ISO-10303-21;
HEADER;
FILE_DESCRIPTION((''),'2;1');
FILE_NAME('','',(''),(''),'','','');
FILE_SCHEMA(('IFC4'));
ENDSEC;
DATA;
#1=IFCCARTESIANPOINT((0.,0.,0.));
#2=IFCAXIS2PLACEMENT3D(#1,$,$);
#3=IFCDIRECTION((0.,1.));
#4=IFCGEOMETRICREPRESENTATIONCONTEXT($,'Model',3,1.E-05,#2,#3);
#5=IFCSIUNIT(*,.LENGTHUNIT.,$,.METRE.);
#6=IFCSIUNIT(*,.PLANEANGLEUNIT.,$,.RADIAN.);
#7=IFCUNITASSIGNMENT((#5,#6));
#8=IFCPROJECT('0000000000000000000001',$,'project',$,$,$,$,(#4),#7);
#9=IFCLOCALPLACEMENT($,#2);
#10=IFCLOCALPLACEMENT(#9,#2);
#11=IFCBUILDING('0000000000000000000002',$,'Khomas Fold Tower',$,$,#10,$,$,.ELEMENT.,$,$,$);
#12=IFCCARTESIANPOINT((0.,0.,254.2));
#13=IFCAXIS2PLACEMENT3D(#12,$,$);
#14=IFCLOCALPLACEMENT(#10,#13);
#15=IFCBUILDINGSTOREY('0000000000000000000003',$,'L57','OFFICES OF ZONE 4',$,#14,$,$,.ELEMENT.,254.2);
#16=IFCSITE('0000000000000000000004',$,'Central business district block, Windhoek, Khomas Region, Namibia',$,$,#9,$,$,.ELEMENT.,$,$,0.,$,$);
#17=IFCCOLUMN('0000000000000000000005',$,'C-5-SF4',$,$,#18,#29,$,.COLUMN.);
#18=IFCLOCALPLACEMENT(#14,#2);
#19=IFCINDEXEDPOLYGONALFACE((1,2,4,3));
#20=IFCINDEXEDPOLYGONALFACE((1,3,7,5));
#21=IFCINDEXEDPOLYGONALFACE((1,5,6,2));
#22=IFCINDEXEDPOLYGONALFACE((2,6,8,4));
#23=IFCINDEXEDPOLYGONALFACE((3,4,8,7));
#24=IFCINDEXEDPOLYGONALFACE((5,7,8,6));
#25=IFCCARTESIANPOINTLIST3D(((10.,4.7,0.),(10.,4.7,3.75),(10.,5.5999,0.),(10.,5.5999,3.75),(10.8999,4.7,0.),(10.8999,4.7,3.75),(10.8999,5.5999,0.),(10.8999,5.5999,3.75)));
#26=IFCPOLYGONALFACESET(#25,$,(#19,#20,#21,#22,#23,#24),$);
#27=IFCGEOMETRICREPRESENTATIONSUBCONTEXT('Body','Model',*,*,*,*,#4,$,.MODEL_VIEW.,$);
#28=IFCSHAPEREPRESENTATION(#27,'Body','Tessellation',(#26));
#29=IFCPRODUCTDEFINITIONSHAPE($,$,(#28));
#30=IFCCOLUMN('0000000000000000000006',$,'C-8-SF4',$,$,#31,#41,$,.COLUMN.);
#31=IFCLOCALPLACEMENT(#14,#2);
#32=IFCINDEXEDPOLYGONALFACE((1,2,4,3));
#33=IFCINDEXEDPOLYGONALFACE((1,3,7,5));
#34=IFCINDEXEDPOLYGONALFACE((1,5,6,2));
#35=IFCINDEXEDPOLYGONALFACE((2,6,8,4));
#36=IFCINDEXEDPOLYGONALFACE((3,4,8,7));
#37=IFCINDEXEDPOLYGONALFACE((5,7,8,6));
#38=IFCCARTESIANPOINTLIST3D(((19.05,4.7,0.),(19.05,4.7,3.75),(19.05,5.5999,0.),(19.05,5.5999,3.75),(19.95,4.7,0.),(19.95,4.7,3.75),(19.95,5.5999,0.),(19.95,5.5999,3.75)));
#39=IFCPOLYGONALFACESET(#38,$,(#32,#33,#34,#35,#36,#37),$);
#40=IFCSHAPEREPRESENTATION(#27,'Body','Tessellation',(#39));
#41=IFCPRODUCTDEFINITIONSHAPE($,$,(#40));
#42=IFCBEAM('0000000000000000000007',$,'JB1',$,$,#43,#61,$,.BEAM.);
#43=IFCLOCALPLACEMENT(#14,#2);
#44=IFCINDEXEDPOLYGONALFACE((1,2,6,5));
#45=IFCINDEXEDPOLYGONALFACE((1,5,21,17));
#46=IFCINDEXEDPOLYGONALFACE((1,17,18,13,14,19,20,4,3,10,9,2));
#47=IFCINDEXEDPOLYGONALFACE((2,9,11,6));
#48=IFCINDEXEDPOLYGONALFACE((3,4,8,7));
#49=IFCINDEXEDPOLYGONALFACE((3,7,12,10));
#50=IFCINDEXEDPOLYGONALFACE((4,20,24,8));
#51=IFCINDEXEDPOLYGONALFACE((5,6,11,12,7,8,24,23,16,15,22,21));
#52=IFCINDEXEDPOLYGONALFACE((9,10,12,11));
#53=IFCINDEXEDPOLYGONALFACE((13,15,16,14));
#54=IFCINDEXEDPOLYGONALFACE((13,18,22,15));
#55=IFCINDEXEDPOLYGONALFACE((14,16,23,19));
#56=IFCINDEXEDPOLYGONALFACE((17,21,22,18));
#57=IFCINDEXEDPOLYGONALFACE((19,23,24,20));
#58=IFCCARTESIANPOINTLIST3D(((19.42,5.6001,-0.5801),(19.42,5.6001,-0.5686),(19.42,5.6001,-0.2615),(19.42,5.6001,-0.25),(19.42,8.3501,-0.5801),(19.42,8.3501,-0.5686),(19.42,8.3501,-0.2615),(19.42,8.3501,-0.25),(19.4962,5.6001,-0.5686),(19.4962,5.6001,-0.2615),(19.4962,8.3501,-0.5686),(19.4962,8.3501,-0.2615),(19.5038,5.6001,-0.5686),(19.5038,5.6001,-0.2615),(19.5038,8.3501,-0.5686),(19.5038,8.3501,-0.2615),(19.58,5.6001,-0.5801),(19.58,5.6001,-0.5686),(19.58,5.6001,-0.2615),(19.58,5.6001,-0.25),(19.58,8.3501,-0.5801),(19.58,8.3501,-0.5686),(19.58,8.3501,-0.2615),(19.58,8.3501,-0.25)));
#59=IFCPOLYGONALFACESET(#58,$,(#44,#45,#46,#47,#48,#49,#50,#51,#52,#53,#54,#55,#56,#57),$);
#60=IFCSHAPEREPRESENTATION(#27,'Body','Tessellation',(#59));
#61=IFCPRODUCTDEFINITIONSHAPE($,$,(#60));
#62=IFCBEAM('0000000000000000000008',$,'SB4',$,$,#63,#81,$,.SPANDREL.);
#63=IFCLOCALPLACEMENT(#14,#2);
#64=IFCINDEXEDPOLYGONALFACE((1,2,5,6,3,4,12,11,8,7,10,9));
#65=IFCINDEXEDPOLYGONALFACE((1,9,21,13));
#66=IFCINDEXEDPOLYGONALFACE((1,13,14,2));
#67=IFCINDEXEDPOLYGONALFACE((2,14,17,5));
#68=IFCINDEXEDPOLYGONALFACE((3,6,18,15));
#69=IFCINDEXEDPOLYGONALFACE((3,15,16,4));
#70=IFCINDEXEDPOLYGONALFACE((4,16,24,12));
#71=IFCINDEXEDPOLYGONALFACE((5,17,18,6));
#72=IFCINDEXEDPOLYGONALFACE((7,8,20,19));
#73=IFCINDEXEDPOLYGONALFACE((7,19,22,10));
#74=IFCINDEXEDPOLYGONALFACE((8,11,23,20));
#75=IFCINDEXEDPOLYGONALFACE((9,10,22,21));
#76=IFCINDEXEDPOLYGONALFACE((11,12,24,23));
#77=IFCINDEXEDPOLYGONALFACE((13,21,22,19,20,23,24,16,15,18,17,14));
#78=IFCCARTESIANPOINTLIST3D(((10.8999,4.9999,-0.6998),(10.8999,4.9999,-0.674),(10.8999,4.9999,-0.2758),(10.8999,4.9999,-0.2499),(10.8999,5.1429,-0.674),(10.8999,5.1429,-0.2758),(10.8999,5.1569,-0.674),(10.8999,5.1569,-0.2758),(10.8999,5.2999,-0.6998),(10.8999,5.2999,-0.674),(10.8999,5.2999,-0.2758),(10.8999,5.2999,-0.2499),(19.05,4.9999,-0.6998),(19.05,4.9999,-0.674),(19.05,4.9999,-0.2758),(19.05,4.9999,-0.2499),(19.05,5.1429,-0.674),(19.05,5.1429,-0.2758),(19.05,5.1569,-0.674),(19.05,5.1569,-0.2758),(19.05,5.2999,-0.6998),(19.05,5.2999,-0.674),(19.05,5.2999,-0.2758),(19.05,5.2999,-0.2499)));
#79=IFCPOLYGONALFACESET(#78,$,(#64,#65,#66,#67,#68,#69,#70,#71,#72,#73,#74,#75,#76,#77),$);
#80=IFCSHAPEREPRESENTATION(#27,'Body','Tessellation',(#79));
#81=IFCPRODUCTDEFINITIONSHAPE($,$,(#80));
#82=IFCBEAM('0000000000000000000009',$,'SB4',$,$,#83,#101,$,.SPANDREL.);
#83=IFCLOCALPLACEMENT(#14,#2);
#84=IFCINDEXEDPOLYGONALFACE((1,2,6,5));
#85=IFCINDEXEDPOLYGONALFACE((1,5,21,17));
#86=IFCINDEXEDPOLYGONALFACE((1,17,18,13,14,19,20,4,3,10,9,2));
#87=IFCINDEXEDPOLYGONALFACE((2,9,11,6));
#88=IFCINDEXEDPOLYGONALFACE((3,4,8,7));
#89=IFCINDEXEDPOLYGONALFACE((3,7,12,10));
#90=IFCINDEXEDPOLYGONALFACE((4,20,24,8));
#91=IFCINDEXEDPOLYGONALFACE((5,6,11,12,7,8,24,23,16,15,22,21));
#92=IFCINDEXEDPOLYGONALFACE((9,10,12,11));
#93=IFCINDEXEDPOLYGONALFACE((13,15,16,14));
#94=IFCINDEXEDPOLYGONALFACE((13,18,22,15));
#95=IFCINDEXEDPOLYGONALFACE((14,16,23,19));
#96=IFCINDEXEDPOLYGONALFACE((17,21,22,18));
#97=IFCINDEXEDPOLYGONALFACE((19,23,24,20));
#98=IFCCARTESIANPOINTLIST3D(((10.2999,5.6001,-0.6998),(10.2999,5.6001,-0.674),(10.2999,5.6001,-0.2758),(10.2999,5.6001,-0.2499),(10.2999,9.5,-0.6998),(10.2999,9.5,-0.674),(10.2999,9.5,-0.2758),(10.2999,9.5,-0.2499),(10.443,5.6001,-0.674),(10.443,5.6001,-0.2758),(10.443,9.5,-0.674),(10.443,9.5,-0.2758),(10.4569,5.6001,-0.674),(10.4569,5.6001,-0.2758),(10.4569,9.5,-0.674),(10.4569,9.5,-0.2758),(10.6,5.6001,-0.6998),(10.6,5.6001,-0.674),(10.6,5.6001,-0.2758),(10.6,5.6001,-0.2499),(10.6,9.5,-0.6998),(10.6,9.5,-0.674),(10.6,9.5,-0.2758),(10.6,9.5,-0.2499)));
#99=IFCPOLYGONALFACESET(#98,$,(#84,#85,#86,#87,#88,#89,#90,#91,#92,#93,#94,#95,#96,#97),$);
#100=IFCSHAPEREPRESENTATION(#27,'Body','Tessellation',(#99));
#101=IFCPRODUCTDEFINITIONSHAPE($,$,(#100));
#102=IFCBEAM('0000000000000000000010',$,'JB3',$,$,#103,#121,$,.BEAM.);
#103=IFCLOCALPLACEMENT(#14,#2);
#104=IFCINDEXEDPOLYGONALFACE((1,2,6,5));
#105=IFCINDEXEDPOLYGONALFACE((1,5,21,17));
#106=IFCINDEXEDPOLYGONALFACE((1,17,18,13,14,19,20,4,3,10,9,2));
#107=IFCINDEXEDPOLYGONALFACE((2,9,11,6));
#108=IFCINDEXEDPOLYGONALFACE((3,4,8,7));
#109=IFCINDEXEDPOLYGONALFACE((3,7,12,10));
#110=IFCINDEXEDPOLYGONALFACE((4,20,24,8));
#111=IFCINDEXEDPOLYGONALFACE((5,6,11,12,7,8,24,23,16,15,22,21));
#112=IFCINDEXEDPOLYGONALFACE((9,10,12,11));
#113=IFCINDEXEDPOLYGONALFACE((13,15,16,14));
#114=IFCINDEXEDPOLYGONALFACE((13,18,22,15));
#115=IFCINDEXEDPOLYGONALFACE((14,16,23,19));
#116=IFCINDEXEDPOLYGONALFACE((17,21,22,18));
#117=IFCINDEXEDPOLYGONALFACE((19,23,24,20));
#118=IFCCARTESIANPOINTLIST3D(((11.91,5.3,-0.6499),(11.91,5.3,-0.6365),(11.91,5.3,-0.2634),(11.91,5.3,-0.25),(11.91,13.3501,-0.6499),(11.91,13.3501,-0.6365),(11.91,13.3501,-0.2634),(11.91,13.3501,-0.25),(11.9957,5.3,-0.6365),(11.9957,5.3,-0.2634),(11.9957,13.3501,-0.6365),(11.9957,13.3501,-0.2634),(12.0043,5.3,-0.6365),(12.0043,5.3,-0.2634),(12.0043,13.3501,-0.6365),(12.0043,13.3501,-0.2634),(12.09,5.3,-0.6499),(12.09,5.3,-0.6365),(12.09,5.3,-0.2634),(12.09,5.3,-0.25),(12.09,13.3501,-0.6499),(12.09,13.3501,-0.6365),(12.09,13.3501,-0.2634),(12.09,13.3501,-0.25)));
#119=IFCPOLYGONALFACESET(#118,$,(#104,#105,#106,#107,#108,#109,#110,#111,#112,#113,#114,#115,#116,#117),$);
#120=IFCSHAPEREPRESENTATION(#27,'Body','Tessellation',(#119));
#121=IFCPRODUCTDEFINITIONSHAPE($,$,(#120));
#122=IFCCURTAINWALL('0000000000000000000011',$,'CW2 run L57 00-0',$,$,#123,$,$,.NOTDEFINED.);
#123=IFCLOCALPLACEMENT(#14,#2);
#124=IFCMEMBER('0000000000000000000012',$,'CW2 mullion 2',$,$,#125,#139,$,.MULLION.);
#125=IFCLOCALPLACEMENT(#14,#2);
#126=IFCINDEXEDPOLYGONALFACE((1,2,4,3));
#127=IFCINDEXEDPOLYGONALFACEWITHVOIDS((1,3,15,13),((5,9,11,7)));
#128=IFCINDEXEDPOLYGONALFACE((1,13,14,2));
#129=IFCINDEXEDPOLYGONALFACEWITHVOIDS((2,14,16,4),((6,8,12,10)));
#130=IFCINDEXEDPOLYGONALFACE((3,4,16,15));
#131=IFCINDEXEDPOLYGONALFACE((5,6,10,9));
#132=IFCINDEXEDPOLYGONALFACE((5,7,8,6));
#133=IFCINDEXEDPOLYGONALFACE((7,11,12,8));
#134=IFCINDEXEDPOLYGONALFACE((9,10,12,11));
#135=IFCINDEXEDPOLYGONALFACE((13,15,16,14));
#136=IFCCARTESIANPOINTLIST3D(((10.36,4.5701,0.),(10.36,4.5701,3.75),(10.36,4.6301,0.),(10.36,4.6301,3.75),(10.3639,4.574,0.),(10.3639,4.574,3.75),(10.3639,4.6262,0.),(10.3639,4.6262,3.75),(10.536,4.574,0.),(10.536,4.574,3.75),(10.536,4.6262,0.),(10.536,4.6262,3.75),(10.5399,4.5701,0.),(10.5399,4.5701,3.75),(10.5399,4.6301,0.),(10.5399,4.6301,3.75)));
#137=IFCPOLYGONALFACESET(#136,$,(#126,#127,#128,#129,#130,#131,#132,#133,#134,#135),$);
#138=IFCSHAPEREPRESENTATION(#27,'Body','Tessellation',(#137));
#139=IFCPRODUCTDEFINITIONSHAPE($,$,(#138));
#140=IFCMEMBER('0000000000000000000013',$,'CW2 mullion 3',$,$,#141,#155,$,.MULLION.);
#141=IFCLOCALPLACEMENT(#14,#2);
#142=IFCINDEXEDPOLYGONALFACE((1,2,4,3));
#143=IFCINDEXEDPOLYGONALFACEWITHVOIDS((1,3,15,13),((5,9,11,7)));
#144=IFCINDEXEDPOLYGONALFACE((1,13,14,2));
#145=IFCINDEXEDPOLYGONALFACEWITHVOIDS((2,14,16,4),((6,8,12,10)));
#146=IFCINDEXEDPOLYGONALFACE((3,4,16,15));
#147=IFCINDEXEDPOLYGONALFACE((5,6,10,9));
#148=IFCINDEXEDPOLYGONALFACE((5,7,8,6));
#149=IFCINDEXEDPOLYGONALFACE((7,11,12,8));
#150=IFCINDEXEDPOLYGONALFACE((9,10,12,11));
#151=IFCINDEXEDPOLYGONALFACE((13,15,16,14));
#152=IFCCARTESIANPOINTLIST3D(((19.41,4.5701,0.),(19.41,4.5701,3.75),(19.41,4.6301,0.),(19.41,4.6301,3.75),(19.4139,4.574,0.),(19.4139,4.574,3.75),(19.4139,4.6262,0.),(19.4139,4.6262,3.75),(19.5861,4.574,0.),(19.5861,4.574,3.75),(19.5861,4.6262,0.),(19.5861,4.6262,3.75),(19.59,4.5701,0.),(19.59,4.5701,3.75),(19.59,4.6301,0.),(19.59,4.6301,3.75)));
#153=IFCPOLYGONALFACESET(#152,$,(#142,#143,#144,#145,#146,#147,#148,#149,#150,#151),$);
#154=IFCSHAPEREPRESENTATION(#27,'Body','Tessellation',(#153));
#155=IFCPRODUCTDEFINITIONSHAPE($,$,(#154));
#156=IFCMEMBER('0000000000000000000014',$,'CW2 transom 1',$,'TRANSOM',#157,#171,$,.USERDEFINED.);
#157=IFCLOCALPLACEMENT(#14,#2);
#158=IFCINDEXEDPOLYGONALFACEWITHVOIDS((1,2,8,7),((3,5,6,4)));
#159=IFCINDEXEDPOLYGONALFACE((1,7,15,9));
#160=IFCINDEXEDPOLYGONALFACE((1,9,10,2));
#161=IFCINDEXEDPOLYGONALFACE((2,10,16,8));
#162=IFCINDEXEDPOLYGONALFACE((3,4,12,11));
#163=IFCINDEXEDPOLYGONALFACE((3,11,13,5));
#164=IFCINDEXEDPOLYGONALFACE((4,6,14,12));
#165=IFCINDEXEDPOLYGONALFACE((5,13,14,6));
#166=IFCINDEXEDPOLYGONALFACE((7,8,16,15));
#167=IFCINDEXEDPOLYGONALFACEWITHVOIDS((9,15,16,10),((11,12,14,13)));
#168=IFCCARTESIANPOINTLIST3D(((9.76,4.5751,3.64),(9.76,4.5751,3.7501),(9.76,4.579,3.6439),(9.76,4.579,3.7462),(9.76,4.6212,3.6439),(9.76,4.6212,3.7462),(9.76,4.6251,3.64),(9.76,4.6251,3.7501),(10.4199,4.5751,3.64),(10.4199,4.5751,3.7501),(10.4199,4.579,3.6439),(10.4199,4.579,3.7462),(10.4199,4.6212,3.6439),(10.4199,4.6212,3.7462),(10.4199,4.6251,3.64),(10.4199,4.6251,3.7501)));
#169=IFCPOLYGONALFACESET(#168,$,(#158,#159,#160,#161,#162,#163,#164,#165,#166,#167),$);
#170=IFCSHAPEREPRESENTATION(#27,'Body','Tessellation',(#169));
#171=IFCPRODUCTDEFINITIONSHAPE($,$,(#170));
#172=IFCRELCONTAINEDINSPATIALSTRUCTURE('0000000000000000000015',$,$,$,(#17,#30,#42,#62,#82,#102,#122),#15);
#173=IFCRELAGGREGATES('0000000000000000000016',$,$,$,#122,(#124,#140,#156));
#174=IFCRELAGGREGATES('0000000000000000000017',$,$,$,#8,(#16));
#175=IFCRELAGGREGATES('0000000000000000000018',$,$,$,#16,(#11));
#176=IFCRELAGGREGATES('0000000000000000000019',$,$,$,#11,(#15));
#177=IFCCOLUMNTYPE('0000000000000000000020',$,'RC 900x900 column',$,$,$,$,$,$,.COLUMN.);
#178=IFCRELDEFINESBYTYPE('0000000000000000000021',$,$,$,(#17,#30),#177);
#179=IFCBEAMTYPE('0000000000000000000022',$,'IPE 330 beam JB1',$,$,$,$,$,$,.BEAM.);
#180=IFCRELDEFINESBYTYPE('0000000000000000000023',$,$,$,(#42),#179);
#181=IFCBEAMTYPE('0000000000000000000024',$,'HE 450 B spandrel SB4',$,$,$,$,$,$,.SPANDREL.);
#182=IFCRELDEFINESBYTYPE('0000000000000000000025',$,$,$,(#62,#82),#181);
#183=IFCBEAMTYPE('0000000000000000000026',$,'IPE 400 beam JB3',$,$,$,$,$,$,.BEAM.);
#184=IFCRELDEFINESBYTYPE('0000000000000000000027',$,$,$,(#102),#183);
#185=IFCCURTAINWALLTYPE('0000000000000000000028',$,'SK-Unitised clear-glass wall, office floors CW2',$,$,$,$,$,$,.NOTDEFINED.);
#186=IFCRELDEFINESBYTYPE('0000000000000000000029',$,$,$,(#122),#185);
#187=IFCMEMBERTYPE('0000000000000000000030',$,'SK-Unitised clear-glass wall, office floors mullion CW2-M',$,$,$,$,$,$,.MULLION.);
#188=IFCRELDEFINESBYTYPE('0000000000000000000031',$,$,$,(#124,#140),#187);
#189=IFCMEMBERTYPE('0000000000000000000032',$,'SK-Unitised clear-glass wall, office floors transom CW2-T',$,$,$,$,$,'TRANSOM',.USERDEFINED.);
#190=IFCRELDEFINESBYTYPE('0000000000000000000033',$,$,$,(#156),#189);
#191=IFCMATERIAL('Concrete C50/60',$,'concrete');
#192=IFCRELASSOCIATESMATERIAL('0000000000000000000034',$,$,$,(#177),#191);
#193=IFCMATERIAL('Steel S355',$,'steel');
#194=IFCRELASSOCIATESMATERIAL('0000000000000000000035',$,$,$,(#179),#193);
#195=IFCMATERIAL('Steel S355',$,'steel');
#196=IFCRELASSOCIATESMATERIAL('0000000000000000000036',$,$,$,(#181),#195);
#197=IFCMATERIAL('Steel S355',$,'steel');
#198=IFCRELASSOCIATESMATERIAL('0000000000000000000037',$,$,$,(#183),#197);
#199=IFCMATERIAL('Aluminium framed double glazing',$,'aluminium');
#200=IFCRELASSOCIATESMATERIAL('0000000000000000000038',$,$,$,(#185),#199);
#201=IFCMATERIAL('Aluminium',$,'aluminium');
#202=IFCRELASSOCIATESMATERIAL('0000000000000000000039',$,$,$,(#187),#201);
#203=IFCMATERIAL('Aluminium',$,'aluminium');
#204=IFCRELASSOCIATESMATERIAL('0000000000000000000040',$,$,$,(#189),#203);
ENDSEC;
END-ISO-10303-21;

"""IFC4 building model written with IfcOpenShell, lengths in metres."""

from ifc_helpers import new_model, si_unit, direction, frame, origin, origin_2d, place, context, subcontext, project, spatial, rectangle, hollow_rectangle, i_section, extrude, source, transform, mapped, material, material_profile, profile_set, type_object, element, aggregate, save


model = new_model("IFC4")

# Units and contexts
model_context = context("Model", 3, precision=1e-05, world=origin(), true_north=direction((0.0, 1.0)))
body_context = subcontext(model_context, "Body", "Model", "MODEL_VIEW")
ifc_project = project(units=[si_unit("LENGTHUNIT", "METRE"), si_unit("PLANEANGLEUNIT", "RADIAN")], contexts=[model_context])

# Site, building, storey
site_placement = place(None, origin())
site = spatial("IfcSite", under=ifc_project, at=site_placement, Name="Central business district block, Windhoek, Khomas Region, Namibia", CompositionType="ELEMENT", RefElevation=0.0)
building_placement = place(site_placement, origin())
building = spatial("IfcBuilding", under=site, at=building_placement, Name="Khomas Fold Tower", CompositionType="ELEMENT")
storey_placement = place(building_placement, frame((0.0, 0.0, 254.2)))
storey = spatial("IfcBuildingStorey", under=building, at=storey_placement, Name="L57", Description="OFFICES OF ZONE 4", CompositionType="ELEMENT", Elevation=254.2)

# Columns
ifc_material_1 = material(Name="Concrete C50/60", Category="concrete")
ifc_material_profile_1 = material_profile(ifc_material_1, rectangle(XDim=0.8999, YDim=0.8999, at=origin_2d()), Name="RC 900x900")
ifc_profile_set_1 = profile_set([ifc_material_profile_1], Name="Concrete C50/60")
column_type = type_object("IfcColumnType", Name="RC 900x900 column", PredefinedType="COLUMN", material=ifc_profile_set_1)
shared_shape_1 = source(origin(), body_context, "Body", "SweptSolid", [
    extrude(rectangle(XDim=0.8999, YDim=0.8999, at=origin_2d()), origin(), (0.0, 0.0, 1.0), 3.75),
])
for number, where, z_axis, x_axis, name in (
    (1, (10.45, 5.1499, 0.0), (0.0, 0.0, 1.0), (1.0, 0.0, 0.0), "C-5-SF4"),
    (2, (19.5, 5.1499, 0.0), (0.0, 0.0, 1.0), (1.0, 0.0, 0.0), "C-8-SF4"),
):
    element("IfcColumn", number, at=place(storey_placement, frame(where, z_axis=z_axis, x_axis=x_axis)), inside=storey, type_object=column_type, Name=name, PredefinedType="COLUMN", context=body_context, shape_type="MappedRepresentation", body=[
        mapped(shared_shape_1, transform((0.0, 0.0, 0.0))),
    ])

# Beams
ifc_material_2 = material(Name="Steel S355", Category="steel")
ifc_material_profile_2 = material_profile(ifc_material_2, i_section(OverallWidth=0.1599, OverallDepth=0.3301, WebThickness=0.0076, FlangeThickness=0.0115, at=origin_2d()), Name="IPE 330")
ifc_profile_set_2 = profile_set([ifc_material_profile_2], Name="Steel S355")
beam_type_1 = type_object("IfcBeamType", Name="IPE 330 beam JB1", PredefinedType="BEAM", material=ifc_profile_set_2)
shared_shape_2 = source(origin(), body_context, "Body", "SweptSolid", [
    extrude(i_section(OverallWidth=0.1599, OverallDepth=0.3301, WebThickness=0.0076, FlangeThickness=0.0115, at=origin_2d()), origin(), (0.0, 0.0, 1.0), 2.75),
])
beam_1_placement = place(storey_placement, frame((19.5, 5.6001, -0.415), z_axis=(0.0, 1.0, 0.0), x_axis=(-1.0, 0.0, 0.0)))
element("IfcBeam", 3, at=beam_1_placement, inside=storey, type_object=beam_type_1, Name="JB1", PredefinedType="BEAM", context=body_context, shape_type="MappedRepresentation", body=[
    mapped(shared_shape_2, transform((0.0, 0.0, 0.0))),
])
ifc_material_3 = material(Name="Steel S355", Category="steel")
ifc_material_profile_3 = material_profile(ifc_material_3, i_section(OverallWidth=0.3, OverallDepth=0.45, WebThickness=0.0139, FlangeThickness=0.0259, at=origin_2d()), Name="HE 450 B")
ifc_profile_set_3 = profile_set([ifc_material_profile_3], Name="Steel S355")
beam_type_2 = type_object("IfcBeamType", Name="HE 450 B spandrel SB4", PredefinedType="SPANDREL", material=ifc_profile_set_3)
shared_shape_3 = source(origin(), body_context, "Body", "SweptSolid", [
    extrude(i_section(OverallWidth=0.3, OverallDepth=0.45, WebThickness=0.0139, FlangeThickness=0.0259, at=origin_2d()), origin(), (0.0, 0.0, 1.0), 8.1501),
])
beam_2_placement = place(storey_placement, frame((10.8999, 5.1499, -0.4749), z_axis=(1.0, 0.0, 0.0), x_axis=(0.0, 1.0, 0.0)))
element("IfcBeam", 4, at=beam_2_placement, inside=storey, type_object=beam_type_2, Name="SB4", PredefinedType="SPANDREL", context=body_context, shape_type="MappedRepresentation", body=[
    mapped(shared_shape_3, transform((0.0, 0.0, 0.0))),
])
shared_shape_4 = source(origin(), body_context, "Body", "SweptSolid", [
    extrude(i_section(OverallWidth=0.3, OverallDepth=0.45, WebThickness=0.0139, FlangeThickness=0.0259, at=origin_2d()), origin(), (0.0, 0.0, 1.0), 3.8999),
])
beam_3_placement = place(storey_placement, frame((10.45, 5.6001, -0.4749), z_axis=(0.0, 1.0, 0.0), x_axis=(-1.0, 0.0, 0.0)))
element("IfcBeam", 5, at=beam_3_placement, inside=storey, type_object=beam_type_2, Name="SB4", PredefinedType="SPANDREL", context=body_context, shape_type="MappedRepresentation", body=[
    mapped(shared_shape_4, transform((0.0, 0.0, 0.0))),
])
ifc_material_4 = material(Name="Steel S355", Category="steel")
ifc_material_profile_4 = material_profile(ifc_material_4, i_section(OverallWidth=0.1799, OverallDepth=0.3999, WebThickness=0.0085, FlangeThickness=0.0134, at=origin_2d()), Name="IPE 400")
ifc_profile_set_4 = profile_set([ifc_material_profile_4], Name="Steel S355")
beam_type_3 = type_object("IfcBeamType", Name="IPE 400 beam JB3", PredefinedType="BEAM", material=ifc_profile_set_4)
shared_shape_5 = source(origin(), body_context, "Body", "SweptSolid", [
    extrude(i_section(OverallWidth=0.1799, OverallDepth=0.3999, WebThickness=0.0085, FlangeThickness=0.0134, at=origin_2d()), origin(), (0.0, 0.0, 1.0), 8.05),
])
beam_4_placement = place(storey_placement, frame((12.0, 5.3, -0.45), z_axis=(0.0, 1.0, 0.0), x_axis=(-1.0, 0.0, 0.0)))
element("IfcBeam", 6, at=beam_4_placement, inside=storey, type_object=beam_type_3, Name="JB3", PredefinedType="BEAM", context=body_context, shape_type="MappedRepresentation", body=[
    mapped(shared_shape_5, transform((0.0, 0.0, 0.0))),
])

# Curtain wall, members
ifc_material_5 = material(Name="Aluminium framed double glazing", Category="aluminium")
curtain_wall_type = type_object("IfcCurtainWallType", Name="SK-Unitised clear-glass wall, office floors CW2", PredefinedType="NOTDEFINED", material=ifc_material_5)
curtain_wall_placement = place(storey_placement, origin())
curtain_wall = element("IfcCurtainWall", 7, at=curtain_wall_placement, inside=storey, type_object=curtain_wall_type, Name="CW2 run L57 00-0", PredefinedType="NOTDEFINED")
ifc_material_6 = material(Name="Aluminium", Category="aluminium")
ifc_material_profile_5 = material_profile(ifc_material_6, hollow_rectangle(XDim=0.0601, YDim=0.1799, WallThickness=0.0039, at=origin_2d()), Name="SK-Unitised clear-glass wall, office floors mullion CW2-M")
ifc_profile_set_5 = profile_set([ifc_material_profile_5], Name="Aluminium")
member_type_1 = type_object("IfcMemberType", Name="SK-Unitised clear-glass wall, office floors mullion CW2-M", PredefinedType="MULLION", material=ifc_profile_set_5)
shared_shape_6 = source(origin(), body_context, "Body", "SweptSolid", [
    extrude(hollow_rectangle(XDim=0.0601, YDim=0.1799, WallThickness=0.0039, at=origin_2d()), origin(), (0.0, 0.0, 1.0), 3.75),
])
member_1_placement = place(storey_placement, frame((10.45, 4.6001, 0.0), z_axis=(0.0, 0.0, 1.0), x_axis=(0.0, 1.0, 0.0)))
member_1 = element("IfcMember", 8, at=member_1_placement, type_object=member_type_1, Name="CW2 mullion 2", PredefinedType="MULLION", context=body_context, shape_type="MappedRepresentation", body=[
    mapped(shared_shape_6, transform((0.0, 0.0, 0.0))),
])
member_2_placement = place(storey_placement, frame((19.5, 4.6001, 0.0), z_axis=(0.0, 0.0, 1.0), x_axis=(0.0, 1.0, 0.0)))
member_2 = element("IfcMember", 9, at=member_2_placement, type_object=member_type_1, Name="CW2 mullion 3", PredefinedType="MULLION", context=body_context, shape_type="MappedRepresentation", body=[
    mapped(shared_shape_6, transform((0.0, 0.0, 0.0))),
])
ifc_material_7 = material(Name="Aluminium", Category="aluminium")
ifc_material_profile_6 = material_profile(ifc_material_7, hollow_rectangle(XDim=0.05, YDim=0.1101, WallThickness=0.0039, at=origin_2d()), Name="SK-Unitised clear-glass wall, office floors transom CW2-T")
ifc_profile_set_6 = profile_set([ifc_material_profile_6], Name="Aluminium")
member_type_2 = type_object("IfcMemberType", Name="SK-Unitised clear-glass wall, office floors transom CW2-T", ElementType="TRANSOM", PredefinedType="USERDEFINED", material=ifc_profile_set_6)
shared_shape_7 = source(origin(), body_context, "Body", "SweptSolid", [
    extrude(hollow_rectangle(XDim=0.05, YDim=0.1101, WallThickness=0.0039, at=origin_2d()), origin(), (0.0, 0.0, 1.0), 0.6599),
])
member_3_placement = place(storey_placement, frame((9.76, 4.6001, 3.6951), z_axis=(1.0, 0.0, 0.0), x_axis=(0.0, 1.0, 0.0)))
member_3 = element("IfcMember", 10, at=member_3_placement, type_object=member_type_2, Name="CW2 transom 1", ObjectType="TRANSOM", PredefinedType="USERDEFINED", context=body_context, shape_type="MappedRepresentation", body=[
    mapped(shared_shape_7, transform((0.0, 0.0, 0.0))),
])
aggregate(curtain_wall, [member_1, member_2, member_3])

save(model, "model.ifc")
